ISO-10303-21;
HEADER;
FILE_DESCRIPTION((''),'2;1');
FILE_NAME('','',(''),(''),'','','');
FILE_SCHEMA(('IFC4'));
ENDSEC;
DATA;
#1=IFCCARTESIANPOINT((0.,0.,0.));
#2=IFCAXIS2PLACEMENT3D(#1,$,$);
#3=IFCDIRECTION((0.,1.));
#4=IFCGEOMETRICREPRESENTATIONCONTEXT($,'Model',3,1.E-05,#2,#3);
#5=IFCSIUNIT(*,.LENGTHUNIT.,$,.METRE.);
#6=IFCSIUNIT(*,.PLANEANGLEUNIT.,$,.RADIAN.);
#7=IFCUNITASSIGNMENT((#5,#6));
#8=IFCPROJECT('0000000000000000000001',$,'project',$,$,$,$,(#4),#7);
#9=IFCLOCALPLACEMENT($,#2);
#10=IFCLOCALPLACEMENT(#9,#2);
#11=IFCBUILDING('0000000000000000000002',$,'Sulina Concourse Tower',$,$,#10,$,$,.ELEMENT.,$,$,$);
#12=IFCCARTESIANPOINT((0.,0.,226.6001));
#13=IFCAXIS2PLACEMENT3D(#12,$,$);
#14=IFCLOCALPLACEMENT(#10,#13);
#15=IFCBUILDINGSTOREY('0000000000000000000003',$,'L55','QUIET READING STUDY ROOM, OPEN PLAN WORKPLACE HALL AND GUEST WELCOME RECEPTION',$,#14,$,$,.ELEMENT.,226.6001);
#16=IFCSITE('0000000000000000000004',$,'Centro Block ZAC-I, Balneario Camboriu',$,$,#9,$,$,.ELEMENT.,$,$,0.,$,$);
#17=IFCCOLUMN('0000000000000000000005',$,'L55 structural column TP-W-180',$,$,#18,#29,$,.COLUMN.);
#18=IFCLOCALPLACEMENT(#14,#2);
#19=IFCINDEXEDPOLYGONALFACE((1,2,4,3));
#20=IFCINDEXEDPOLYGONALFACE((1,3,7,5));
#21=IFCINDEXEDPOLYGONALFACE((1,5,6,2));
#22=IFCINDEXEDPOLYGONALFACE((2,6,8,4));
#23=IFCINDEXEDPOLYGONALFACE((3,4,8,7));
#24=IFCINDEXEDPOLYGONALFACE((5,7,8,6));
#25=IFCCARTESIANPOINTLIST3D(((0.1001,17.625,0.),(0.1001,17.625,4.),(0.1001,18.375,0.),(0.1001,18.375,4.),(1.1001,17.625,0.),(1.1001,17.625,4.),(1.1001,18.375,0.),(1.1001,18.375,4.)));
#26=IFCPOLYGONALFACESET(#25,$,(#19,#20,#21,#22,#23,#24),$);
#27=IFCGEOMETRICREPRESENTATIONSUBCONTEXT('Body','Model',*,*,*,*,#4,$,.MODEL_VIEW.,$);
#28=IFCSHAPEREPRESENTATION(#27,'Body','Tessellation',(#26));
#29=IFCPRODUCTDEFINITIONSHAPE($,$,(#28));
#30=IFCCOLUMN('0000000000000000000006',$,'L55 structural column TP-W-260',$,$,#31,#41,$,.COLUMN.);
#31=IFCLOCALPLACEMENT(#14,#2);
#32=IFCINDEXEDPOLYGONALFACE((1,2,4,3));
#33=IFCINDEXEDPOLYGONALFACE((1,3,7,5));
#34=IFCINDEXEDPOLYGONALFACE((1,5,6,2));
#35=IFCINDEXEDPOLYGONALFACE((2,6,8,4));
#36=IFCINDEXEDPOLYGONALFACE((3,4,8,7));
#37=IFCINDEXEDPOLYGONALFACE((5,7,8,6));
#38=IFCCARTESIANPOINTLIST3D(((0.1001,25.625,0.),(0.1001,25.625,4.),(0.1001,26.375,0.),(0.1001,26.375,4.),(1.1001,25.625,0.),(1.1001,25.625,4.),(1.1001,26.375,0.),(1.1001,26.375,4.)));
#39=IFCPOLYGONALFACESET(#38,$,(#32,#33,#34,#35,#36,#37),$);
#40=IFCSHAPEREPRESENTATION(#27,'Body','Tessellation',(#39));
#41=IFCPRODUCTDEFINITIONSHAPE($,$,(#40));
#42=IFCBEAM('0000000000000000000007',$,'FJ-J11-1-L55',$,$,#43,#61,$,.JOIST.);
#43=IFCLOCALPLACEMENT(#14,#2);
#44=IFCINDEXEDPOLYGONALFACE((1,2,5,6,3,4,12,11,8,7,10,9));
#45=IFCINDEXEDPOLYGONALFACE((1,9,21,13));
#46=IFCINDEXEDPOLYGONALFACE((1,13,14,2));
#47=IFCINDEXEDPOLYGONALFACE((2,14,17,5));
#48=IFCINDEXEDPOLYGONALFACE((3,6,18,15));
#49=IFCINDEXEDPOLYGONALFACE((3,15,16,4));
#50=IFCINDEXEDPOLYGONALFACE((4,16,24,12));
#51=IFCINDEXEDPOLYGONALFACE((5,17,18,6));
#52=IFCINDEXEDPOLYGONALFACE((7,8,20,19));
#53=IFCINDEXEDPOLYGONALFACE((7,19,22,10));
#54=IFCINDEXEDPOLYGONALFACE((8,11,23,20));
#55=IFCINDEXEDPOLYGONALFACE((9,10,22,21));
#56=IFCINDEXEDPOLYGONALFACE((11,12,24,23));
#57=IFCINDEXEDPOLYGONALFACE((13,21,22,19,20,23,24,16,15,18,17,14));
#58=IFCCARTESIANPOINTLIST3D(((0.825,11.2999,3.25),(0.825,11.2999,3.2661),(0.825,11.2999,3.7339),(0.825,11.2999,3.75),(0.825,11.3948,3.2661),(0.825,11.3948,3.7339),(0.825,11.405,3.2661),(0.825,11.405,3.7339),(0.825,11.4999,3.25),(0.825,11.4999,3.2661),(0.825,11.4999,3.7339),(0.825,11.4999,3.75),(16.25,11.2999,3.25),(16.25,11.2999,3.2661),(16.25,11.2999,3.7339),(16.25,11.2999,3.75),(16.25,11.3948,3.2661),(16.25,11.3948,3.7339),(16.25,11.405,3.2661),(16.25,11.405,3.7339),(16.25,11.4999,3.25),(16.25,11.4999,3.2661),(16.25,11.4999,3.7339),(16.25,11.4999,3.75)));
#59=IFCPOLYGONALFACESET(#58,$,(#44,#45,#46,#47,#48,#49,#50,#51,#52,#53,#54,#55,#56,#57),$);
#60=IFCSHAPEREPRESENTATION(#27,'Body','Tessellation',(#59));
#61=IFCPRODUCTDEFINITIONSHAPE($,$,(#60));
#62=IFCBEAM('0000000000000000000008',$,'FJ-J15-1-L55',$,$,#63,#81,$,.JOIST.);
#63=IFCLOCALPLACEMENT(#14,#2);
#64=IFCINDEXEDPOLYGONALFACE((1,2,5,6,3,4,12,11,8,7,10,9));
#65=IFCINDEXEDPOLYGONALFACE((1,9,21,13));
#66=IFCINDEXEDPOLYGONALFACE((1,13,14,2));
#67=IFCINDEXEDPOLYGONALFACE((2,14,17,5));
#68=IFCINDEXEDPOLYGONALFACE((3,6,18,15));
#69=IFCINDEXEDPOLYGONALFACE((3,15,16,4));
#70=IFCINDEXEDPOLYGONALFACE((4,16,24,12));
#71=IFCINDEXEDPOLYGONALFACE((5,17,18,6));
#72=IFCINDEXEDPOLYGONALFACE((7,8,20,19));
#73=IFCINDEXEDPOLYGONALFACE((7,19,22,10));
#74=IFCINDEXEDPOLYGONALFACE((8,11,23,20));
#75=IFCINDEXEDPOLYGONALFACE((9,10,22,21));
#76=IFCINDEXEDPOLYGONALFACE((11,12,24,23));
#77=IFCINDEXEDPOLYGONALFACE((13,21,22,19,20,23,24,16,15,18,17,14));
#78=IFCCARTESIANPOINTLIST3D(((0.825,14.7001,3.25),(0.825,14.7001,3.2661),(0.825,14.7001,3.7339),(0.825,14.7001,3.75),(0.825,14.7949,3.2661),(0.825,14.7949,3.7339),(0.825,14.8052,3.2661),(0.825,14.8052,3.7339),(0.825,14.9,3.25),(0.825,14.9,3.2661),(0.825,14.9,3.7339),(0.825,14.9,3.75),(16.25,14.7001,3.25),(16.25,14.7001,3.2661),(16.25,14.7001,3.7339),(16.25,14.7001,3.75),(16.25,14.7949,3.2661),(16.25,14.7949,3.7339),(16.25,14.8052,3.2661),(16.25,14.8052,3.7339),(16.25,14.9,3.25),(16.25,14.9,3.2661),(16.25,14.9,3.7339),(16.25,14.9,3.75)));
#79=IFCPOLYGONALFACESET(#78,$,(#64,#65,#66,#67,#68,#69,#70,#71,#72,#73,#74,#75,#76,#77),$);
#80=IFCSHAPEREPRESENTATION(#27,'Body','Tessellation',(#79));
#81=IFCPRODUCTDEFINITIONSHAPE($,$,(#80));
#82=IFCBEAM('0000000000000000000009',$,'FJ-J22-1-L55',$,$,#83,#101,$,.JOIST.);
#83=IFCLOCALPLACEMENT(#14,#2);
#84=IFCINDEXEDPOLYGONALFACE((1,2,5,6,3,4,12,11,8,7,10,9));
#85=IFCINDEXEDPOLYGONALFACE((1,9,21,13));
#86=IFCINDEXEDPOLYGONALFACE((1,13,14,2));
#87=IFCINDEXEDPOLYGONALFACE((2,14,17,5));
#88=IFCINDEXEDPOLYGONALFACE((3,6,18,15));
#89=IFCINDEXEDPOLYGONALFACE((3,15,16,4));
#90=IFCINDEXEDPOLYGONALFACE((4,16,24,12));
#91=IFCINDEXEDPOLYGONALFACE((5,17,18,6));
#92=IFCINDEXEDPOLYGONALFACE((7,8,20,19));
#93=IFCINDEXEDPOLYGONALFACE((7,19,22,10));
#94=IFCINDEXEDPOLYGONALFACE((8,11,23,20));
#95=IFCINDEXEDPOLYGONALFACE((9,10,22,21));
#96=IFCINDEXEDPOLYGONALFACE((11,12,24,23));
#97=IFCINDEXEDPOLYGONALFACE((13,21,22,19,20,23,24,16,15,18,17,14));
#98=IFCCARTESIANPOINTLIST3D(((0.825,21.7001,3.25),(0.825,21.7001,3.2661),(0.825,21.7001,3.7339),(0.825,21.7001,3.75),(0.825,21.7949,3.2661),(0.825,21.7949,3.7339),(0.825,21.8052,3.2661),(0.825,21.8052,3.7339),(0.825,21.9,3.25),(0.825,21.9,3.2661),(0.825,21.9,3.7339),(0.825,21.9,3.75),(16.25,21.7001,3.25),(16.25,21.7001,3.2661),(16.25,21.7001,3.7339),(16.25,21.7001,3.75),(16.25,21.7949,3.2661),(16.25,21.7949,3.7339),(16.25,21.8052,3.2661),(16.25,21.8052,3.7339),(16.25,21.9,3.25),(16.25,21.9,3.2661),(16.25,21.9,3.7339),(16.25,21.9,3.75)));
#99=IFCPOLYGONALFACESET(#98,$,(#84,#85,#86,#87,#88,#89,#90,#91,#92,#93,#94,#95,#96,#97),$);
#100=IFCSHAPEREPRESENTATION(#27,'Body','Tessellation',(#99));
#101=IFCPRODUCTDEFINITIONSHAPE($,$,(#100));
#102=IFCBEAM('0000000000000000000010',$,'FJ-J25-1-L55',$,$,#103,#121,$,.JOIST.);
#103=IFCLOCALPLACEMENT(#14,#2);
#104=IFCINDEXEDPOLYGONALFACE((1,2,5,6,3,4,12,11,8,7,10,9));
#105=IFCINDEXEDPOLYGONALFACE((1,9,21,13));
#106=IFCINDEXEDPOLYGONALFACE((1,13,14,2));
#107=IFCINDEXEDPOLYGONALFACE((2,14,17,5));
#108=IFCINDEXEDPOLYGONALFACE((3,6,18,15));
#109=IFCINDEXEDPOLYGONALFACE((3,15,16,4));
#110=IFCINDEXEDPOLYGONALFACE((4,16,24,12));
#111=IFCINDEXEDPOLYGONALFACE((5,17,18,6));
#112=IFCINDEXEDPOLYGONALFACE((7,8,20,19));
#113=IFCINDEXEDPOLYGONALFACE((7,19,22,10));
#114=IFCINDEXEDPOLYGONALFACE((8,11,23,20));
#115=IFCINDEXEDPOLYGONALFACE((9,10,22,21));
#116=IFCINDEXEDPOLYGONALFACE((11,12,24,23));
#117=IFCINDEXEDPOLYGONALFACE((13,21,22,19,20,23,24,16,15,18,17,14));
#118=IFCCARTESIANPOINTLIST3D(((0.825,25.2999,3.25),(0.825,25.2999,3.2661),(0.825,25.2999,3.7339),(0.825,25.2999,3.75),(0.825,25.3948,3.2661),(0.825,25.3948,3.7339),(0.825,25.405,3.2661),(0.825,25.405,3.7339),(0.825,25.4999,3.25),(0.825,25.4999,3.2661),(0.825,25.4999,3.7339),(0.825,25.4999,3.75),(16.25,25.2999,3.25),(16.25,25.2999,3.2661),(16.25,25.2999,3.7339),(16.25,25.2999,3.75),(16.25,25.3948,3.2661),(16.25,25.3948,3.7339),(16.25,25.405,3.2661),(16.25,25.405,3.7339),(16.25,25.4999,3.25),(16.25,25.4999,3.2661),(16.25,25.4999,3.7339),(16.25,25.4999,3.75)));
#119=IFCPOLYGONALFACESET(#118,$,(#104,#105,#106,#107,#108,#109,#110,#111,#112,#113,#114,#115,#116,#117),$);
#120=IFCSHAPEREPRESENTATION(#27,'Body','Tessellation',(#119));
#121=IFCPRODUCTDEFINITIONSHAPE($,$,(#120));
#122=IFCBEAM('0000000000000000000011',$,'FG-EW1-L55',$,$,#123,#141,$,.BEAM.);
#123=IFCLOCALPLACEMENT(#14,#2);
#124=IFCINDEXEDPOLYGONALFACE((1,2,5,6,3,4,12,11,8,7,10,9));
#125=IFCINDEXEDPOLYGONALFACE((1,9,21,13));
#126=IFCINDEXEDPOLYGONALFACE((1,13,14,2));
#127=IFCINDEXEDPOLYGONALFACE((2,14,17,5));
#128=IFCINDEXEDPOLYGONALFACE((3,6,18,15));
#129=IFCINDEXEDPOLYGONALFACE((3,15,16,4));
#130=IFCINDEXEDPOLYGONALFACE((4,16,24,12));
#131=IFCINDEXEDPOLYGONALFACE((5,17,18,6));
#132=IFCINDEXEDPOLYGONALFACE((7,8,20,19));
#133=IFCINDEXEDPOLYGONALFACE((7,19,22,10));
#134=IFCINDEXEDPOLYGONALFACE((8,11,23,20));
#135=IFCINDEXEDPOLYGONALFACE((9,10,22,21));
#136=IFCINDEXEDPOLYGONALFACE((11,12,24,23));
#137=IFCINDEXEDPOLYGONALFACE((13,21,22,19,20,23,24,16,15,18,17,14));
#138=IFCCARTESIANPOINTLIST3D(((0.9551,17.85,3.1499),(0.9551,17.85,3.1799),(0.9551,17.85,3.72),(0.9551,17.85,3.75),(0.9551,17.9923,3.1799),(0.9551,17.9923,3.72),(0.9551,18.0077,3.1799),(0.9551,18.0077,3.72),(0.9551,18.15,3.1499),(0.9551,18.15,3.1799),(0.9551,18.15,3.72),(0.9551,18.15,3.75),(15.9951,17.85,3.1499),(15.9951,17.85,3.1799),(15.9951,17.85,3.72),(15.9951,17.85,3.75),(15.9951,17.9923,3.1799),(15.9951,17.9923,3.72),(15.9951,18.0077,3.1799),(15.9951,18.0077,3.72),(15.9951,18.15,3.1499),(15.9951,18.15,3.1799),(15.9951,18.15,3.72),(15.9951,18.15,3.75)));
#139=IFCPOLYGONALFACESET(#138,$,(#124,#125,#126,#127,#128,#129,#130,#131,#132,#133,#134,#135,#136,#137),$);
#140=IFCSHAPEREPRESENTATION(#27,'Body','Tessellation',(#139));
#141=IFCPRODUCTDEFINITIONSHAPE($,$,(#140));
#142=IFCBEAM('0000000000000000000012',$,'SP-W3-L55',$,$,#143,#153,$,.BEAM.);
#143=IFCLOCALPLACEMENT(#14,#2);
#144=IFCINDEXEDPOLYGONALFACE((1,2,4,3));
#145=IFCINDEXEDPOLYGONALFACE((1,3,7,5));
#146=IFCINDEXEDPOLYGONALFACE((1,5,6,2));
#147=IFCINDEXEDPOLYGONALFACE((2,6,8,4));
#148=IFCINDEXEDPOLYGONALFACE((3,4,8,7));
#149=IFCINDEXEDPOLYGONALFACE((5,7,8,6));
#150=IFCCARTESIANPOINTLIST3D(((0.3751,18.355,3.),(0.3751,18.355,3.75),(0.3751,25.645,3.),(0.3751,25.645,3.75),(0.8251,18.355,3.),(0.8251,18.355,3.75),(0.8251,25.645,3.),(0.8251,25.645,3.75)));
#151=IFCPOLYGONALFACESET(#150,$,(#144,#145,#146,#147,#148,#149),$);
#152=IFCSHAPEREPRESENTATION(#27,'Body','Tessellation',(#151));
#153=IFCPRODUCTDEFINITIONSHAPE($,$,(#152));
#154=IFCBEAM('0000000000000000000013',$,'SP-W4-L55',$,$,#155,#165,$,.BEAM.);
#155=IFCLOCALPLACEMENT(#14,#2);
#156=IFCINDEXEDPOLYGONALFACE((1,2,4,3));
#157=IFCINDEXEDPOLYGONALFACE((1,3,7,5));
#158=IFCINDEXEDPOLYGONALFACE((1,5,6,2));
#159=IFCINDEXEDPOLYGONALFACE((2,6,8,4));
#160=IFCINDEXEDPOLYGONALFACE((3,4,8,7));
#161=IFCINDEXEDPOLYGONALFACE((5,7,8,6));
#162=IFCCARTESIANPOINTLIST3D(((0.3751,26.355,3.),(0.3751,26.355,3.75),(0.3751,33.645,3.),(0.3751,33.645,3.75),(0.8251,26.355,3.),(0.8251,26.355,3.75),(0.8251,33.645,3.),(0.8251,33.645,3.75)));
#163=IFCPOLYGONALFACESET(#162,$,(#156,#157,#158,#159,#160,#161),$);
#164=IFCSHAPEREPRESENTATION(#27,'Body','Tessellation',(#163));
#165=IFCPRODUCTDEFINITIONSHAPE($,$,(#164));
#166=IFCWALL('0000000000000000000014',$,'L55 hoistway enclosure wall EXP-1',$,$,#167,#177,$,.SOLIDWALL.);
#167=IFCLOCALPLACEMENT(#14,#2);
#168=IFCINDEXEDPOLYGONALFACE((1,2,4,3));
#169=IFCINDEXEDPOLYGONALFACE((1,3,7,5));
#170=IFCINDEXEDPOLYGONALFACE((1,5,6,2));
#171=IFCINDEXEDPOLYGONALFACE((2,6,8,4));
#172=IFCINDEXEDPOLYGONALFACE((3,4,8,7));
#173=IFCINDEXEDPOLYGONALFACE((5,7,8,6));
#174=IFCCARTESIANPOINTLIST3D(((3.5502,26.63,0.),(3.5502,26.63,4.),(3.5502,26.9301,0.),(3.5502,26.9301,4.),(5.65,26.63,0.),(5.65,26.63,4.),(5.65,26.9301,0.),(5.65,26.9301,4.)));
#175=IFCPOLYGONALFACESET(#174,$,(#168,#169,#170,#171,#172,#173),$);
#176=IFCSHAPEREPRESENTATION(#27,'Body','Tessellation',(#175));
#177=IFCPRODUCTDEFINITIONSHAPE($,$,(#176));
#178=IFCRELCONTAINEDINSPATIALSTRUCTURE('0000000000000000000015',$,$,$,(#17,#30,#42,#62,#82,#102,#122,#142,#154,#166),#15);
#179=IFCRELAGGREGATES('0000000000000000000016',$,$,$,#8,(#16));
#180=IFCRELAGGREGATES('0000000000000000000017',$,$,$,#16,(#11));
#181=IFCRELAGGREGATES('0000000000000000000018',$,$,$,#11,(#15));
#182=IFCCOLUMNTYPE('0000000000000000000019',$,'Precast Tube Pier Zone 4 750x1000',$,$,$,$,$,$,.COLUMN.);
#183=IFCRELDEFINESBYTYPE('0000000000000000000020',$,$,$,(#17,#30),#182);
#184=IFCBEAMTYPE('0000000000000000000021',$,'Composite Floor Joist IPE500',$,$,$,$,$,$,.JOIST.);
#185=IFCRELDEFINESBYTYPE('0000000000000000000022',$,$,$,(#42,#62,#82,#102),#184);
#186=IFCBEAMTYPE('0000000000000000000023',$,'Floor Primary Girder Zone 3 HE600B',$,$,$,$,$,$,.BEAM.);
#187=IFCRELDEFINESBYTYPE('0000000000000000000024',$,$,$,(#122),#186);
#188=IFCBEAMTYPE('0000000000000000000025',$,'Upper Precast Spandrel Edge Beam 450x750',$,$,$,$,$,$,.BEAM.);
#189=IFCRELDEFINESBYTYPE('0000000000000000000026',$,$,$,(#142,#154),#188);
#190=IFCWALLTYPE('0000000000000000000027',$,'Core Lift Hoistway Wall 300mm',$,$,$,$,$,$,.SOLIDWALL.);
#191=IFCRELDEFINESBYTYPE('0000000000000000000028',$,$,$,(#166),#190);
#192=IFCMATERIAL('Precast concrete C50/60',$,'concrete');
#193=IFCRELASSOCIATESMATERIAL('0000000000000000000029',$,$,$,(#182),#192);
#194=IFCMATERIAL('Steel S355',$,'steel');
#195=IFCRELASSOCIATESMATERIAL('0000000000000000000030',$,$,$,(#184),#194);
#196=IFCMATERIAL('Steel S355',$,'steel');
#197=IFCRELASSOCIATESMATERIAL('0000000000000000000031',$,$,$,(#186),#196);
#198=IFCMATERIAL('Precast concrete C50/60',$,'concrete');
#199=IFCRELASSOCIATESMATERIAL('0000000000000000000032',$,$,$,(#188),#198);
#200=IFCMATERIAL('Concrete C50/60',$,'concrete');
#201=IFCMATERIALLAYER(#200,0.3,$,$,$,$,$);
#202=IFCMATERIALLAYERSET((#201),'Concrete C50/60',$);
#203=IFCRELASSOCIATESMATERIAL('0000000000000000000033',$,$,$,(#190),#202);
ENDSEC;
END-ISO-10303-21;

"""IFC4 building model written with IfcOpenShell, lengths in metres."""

from ifc_helpers import new_model, si_unit, direction, frame, frame_2d, origin, origin_2d, place, context, subcontext, project, spatial, rectangle, i_section, extrude, material, layer, layer_set, material_profile, profile_set, type_object, element, save


model = new_model("IFC4")

# Units and contexts
model_context = context("Model", 3, precision=1e-05, world=origin(), true_north=direction((0.0, 1.0)))
body_context = subcontext(model_context, "Body", "Model", "MODEL_VIEW")
ifc_project = project(units=[si_unit("LENGTHUNIT", "METRE"), si_unit("PLANEANGLEUNIT", "RADIAN")], contexts=[model_context])

# Site, building, storey
site_placement = place(None, origin())
site = spatial("IfcSite", under=ifc_project, at=site_placement, Name="Centro Block ZAC-I, Balneario Camboriu", CompositionType="ELEMENT", RefElevation=0.0)
building_placement = place(site_placement, origin())
building = spatial("IfcBuilding", under=site, at=building_placement, Name="Sulina Concourse Tower", CompositionType="ELEMENT")
storey_placement = place(building_placement, frame((0.0, 0.0, 226.6001)))
storey = spatial("IfcBuildingStorey", under=building, at=storey_placement, Name="L55", Description="QUIET READING STUDY ROOM, OPEN PLAN WORKPLACE HALL AND GUEST WELCOME RECEPTION", CompositionType="ELEMENT", Elevation=226.6001)

# Columns
ifc_material_1 = material(Name="Precast concrete C50/60", Category="concrete")
ifc_material_profile_1 = material_profile(ifc_material_1, rectangle(XDim=0.75, YDim=1.0, at=origin_2d()), Name="PC 750x1000")
ifc_profile_set_1 = profile_set([ifc_material_profile_1], Name="Precast concrete C50/60")
column_type = type_object("IfcColumnType", Name="Precast Tube Pier Zone 4 750x1000", PredefinedType="COLUMN", material=ifc_profile_set_1)
for number, where, z_axis, x_axis, name in (
    (1, (0.6001, 18.0, 0.0), (0.0, 0.0, 1.0), (0.0, 1.0, 0.0), "L55 structural column TP-W-180"),
    (2, (0.6001, 26.0, 0.0), (0.0, 0.0, 1.0), (0.0, 1.0, 0.0), "L55 structural column TP-W-260"),
):
    element("IfcColumn", number, at=place(storey_placement, frame(where, z_axis=z_axis, x_axis=x_axis)), inside=storey, type_object=column_type, Name=name, PredefinedType="COLUMN", context=body_context, shape_type="SweptSolid", body=[
        extrude(rectangle(XDim=0.75, YDim=1.0, at=origin_2d()), origin(), (0.0, 0.0, 1.0), 4.0),
    ])

# Beams
ifc_material_2 = material(Name="Steel S355", Category="steel")
ifc_material_profile_2 = material_profile(ifc_material_2, i_section(OverallWidth=0.2, OverallDepth=0.5, WebThickness=0.0103, FlangeThickness=0.0161, at=origin_2d()), Name="IPE 500")
ifc_profile_set_2 = profile_set([ifc_material_profile_2], Name="Steel S355")
beam_type_1 = type_object("IfcBeamType", Name="Composite Floor Joist IPE500", PredefinedType="JOIST", material=ifc_profile_set_2)
for number, where, z_axis, x_axis, name in (
    (3, (0.825, 11.3999, 3.5), (1.0, 0.0, 0.0), (0.0, 1.0, 0.0), "FJ-J11-1-L55"),
    (4, (0.825, 14.8, 3.5), (1.0, 0.0, 0.0), (0.0, 1.0, 0.0), "FJ-J15-1-L55"),
    (5, (0.825, 21.8, 3.5), (1.0, 0.0, 0.0), (0.0, 1.0, 0.0), "FJ-J22-1-L55"),
    (6, (0.825, 25.3999, 3.5), (1.0, 0.0, 0.0), (0.0, 1.0, 0.0), "FJ-J25-1-L55"),
):
    element("IfcBeam", number, at=place(storey_placement, frame(where, z_axis=z_axis, x_axis=x_axis)), inside=storey, type_object=beam_type_1, Name=name, PredefinedType="JOIST", context=body_context, shape_type="SweptSolid", body=[
        extrude(i_section(OverallWidth=0.2, OverallDepth=0.5, WebThickness=0.0103, FlangeThickness=0.0161, at=origin_2d()), origin(), (0.0, 0.0, 1.0), 15.425),
    ])
ifc_material_3 = material(Name="Steel S355", Category="steel")
ifc_material_profile_3 = material_profile(ifc_material_3, i_section(OverallWidth=0.3, OverallDepth=0.6001, WebThickness=0.0154, FlangeThickness=0.03, at=origin_2d()), Name="HE 600 B")
ifc_profile_set_3 = profile_set([ifc_material_profile_3], Name="Steel S355")
beam_type_2 = type_object("IfcBeamType", Name="Floor Primary Girder Zone 3 HE600B", PredefinedType="BEAM", material=ifc_profile_set_3)
beam_placement = place(storey_placement, frame((0.9551, 18.0, 3.45), z_axis=(1.0, 0.0, 0.0), x_axis=(0.0, 1.0, 0.0)))
element("IfcBeam", 7, at=beam_placement, inside=storey, type_object=beam_type_2, Name="FG-EW1-L55", PredefinedType="BEAM", context=body_context, shape_type="SweptSolid", body=[
    extrude(i_section(OverallWidth=0.3, OverallDepth=0.6001, WebThickness=0.0154, FlangeThickness=0.03, at=origin_2d()), origin(), (0.0, 0.0, 1.0), 15.04),
])
ifc_material_4 = material(Name="Precast concrete C50/60", Category="concrete")
ifc_material_profile_4 = material_profile(ifc_material_4, rectangle(XDim=0.45, YDim=0.75, at=origin_2d()), Name="RC 450x750")
ifc_profile_set_4 = profile_set([ifc_material_profile_4], Name="Precast concrete C50/60")
beam_type_3 = type_object("IfcBeamType", Name="Upper Precast Spandrel Edge Beam 450x750", PredefinedType="BEAM", material=ifc_profile_set_4)
for number, where, z_axis, x_axis, name in (
    (8, (0.6001, 18.355, 3.375), (0.0, 1.0, 0.0), (-1.0, 0.0, 0.0), "SP-W3-L55"),
    (9, (0.6001, 26.355, 3.375), (0.0, 1.0, 0.0), (-1.0, 0.0, 0.0), "SP-W4-L55"),
):
    element("IfcBeam", number, at=place(storey_placement, frame(where, z_axis=z_axis, x_axis=x_axis)), inside=storey, type_object=beam_type_3, Name=name, PredefinedType="BEAM", context=body_context, shape_type="SweptSolid", body=[
        extrude(rectangle(XDim=0.45, YDim=0.75, at=origin_2d()), origin(), (0.0, 0.0, 1.0), 7.29),
    ])

# Wall
ifc_material_5 = material(Name="Concrete C50/60", Category="concrete")
ifc_layer_1 = layer(ifc_material_5, 0.3)
ifc_layer_set_1 = layer_set([ifc_layer_1], Name="Concrete C50/60")
wall_type_1 = type_object("IfcWallType", Name="Core Lift Hoistway Wall 300mm", PredefinedType="SOLIDWALL", material=ifc_layer_set_1)
wall_1_placement = place(storey_placement, frame((5.6499, 26.78, 0.0), z_axis=(0.0, 0.0, 1.0), x_axis=(-1.0, 0.0, 0.0)))
element("IfcWall", 10, at=wall_1_placement, inside=storey, type_object=wall_type_1, Name="L55 hoistway enclosure wall EXP-1", PredefinedType="SOLIDWALL", context=body_context, shape_type="SweptSolid", body=[
    extrude(rectangle(XDim=2.0999, YDim=0.3, at=frame_2d((1.0498, 0.0))), origin(), (0.0, 0.0, 1.0), 4.0),
])

save(model, "model.ifc")
